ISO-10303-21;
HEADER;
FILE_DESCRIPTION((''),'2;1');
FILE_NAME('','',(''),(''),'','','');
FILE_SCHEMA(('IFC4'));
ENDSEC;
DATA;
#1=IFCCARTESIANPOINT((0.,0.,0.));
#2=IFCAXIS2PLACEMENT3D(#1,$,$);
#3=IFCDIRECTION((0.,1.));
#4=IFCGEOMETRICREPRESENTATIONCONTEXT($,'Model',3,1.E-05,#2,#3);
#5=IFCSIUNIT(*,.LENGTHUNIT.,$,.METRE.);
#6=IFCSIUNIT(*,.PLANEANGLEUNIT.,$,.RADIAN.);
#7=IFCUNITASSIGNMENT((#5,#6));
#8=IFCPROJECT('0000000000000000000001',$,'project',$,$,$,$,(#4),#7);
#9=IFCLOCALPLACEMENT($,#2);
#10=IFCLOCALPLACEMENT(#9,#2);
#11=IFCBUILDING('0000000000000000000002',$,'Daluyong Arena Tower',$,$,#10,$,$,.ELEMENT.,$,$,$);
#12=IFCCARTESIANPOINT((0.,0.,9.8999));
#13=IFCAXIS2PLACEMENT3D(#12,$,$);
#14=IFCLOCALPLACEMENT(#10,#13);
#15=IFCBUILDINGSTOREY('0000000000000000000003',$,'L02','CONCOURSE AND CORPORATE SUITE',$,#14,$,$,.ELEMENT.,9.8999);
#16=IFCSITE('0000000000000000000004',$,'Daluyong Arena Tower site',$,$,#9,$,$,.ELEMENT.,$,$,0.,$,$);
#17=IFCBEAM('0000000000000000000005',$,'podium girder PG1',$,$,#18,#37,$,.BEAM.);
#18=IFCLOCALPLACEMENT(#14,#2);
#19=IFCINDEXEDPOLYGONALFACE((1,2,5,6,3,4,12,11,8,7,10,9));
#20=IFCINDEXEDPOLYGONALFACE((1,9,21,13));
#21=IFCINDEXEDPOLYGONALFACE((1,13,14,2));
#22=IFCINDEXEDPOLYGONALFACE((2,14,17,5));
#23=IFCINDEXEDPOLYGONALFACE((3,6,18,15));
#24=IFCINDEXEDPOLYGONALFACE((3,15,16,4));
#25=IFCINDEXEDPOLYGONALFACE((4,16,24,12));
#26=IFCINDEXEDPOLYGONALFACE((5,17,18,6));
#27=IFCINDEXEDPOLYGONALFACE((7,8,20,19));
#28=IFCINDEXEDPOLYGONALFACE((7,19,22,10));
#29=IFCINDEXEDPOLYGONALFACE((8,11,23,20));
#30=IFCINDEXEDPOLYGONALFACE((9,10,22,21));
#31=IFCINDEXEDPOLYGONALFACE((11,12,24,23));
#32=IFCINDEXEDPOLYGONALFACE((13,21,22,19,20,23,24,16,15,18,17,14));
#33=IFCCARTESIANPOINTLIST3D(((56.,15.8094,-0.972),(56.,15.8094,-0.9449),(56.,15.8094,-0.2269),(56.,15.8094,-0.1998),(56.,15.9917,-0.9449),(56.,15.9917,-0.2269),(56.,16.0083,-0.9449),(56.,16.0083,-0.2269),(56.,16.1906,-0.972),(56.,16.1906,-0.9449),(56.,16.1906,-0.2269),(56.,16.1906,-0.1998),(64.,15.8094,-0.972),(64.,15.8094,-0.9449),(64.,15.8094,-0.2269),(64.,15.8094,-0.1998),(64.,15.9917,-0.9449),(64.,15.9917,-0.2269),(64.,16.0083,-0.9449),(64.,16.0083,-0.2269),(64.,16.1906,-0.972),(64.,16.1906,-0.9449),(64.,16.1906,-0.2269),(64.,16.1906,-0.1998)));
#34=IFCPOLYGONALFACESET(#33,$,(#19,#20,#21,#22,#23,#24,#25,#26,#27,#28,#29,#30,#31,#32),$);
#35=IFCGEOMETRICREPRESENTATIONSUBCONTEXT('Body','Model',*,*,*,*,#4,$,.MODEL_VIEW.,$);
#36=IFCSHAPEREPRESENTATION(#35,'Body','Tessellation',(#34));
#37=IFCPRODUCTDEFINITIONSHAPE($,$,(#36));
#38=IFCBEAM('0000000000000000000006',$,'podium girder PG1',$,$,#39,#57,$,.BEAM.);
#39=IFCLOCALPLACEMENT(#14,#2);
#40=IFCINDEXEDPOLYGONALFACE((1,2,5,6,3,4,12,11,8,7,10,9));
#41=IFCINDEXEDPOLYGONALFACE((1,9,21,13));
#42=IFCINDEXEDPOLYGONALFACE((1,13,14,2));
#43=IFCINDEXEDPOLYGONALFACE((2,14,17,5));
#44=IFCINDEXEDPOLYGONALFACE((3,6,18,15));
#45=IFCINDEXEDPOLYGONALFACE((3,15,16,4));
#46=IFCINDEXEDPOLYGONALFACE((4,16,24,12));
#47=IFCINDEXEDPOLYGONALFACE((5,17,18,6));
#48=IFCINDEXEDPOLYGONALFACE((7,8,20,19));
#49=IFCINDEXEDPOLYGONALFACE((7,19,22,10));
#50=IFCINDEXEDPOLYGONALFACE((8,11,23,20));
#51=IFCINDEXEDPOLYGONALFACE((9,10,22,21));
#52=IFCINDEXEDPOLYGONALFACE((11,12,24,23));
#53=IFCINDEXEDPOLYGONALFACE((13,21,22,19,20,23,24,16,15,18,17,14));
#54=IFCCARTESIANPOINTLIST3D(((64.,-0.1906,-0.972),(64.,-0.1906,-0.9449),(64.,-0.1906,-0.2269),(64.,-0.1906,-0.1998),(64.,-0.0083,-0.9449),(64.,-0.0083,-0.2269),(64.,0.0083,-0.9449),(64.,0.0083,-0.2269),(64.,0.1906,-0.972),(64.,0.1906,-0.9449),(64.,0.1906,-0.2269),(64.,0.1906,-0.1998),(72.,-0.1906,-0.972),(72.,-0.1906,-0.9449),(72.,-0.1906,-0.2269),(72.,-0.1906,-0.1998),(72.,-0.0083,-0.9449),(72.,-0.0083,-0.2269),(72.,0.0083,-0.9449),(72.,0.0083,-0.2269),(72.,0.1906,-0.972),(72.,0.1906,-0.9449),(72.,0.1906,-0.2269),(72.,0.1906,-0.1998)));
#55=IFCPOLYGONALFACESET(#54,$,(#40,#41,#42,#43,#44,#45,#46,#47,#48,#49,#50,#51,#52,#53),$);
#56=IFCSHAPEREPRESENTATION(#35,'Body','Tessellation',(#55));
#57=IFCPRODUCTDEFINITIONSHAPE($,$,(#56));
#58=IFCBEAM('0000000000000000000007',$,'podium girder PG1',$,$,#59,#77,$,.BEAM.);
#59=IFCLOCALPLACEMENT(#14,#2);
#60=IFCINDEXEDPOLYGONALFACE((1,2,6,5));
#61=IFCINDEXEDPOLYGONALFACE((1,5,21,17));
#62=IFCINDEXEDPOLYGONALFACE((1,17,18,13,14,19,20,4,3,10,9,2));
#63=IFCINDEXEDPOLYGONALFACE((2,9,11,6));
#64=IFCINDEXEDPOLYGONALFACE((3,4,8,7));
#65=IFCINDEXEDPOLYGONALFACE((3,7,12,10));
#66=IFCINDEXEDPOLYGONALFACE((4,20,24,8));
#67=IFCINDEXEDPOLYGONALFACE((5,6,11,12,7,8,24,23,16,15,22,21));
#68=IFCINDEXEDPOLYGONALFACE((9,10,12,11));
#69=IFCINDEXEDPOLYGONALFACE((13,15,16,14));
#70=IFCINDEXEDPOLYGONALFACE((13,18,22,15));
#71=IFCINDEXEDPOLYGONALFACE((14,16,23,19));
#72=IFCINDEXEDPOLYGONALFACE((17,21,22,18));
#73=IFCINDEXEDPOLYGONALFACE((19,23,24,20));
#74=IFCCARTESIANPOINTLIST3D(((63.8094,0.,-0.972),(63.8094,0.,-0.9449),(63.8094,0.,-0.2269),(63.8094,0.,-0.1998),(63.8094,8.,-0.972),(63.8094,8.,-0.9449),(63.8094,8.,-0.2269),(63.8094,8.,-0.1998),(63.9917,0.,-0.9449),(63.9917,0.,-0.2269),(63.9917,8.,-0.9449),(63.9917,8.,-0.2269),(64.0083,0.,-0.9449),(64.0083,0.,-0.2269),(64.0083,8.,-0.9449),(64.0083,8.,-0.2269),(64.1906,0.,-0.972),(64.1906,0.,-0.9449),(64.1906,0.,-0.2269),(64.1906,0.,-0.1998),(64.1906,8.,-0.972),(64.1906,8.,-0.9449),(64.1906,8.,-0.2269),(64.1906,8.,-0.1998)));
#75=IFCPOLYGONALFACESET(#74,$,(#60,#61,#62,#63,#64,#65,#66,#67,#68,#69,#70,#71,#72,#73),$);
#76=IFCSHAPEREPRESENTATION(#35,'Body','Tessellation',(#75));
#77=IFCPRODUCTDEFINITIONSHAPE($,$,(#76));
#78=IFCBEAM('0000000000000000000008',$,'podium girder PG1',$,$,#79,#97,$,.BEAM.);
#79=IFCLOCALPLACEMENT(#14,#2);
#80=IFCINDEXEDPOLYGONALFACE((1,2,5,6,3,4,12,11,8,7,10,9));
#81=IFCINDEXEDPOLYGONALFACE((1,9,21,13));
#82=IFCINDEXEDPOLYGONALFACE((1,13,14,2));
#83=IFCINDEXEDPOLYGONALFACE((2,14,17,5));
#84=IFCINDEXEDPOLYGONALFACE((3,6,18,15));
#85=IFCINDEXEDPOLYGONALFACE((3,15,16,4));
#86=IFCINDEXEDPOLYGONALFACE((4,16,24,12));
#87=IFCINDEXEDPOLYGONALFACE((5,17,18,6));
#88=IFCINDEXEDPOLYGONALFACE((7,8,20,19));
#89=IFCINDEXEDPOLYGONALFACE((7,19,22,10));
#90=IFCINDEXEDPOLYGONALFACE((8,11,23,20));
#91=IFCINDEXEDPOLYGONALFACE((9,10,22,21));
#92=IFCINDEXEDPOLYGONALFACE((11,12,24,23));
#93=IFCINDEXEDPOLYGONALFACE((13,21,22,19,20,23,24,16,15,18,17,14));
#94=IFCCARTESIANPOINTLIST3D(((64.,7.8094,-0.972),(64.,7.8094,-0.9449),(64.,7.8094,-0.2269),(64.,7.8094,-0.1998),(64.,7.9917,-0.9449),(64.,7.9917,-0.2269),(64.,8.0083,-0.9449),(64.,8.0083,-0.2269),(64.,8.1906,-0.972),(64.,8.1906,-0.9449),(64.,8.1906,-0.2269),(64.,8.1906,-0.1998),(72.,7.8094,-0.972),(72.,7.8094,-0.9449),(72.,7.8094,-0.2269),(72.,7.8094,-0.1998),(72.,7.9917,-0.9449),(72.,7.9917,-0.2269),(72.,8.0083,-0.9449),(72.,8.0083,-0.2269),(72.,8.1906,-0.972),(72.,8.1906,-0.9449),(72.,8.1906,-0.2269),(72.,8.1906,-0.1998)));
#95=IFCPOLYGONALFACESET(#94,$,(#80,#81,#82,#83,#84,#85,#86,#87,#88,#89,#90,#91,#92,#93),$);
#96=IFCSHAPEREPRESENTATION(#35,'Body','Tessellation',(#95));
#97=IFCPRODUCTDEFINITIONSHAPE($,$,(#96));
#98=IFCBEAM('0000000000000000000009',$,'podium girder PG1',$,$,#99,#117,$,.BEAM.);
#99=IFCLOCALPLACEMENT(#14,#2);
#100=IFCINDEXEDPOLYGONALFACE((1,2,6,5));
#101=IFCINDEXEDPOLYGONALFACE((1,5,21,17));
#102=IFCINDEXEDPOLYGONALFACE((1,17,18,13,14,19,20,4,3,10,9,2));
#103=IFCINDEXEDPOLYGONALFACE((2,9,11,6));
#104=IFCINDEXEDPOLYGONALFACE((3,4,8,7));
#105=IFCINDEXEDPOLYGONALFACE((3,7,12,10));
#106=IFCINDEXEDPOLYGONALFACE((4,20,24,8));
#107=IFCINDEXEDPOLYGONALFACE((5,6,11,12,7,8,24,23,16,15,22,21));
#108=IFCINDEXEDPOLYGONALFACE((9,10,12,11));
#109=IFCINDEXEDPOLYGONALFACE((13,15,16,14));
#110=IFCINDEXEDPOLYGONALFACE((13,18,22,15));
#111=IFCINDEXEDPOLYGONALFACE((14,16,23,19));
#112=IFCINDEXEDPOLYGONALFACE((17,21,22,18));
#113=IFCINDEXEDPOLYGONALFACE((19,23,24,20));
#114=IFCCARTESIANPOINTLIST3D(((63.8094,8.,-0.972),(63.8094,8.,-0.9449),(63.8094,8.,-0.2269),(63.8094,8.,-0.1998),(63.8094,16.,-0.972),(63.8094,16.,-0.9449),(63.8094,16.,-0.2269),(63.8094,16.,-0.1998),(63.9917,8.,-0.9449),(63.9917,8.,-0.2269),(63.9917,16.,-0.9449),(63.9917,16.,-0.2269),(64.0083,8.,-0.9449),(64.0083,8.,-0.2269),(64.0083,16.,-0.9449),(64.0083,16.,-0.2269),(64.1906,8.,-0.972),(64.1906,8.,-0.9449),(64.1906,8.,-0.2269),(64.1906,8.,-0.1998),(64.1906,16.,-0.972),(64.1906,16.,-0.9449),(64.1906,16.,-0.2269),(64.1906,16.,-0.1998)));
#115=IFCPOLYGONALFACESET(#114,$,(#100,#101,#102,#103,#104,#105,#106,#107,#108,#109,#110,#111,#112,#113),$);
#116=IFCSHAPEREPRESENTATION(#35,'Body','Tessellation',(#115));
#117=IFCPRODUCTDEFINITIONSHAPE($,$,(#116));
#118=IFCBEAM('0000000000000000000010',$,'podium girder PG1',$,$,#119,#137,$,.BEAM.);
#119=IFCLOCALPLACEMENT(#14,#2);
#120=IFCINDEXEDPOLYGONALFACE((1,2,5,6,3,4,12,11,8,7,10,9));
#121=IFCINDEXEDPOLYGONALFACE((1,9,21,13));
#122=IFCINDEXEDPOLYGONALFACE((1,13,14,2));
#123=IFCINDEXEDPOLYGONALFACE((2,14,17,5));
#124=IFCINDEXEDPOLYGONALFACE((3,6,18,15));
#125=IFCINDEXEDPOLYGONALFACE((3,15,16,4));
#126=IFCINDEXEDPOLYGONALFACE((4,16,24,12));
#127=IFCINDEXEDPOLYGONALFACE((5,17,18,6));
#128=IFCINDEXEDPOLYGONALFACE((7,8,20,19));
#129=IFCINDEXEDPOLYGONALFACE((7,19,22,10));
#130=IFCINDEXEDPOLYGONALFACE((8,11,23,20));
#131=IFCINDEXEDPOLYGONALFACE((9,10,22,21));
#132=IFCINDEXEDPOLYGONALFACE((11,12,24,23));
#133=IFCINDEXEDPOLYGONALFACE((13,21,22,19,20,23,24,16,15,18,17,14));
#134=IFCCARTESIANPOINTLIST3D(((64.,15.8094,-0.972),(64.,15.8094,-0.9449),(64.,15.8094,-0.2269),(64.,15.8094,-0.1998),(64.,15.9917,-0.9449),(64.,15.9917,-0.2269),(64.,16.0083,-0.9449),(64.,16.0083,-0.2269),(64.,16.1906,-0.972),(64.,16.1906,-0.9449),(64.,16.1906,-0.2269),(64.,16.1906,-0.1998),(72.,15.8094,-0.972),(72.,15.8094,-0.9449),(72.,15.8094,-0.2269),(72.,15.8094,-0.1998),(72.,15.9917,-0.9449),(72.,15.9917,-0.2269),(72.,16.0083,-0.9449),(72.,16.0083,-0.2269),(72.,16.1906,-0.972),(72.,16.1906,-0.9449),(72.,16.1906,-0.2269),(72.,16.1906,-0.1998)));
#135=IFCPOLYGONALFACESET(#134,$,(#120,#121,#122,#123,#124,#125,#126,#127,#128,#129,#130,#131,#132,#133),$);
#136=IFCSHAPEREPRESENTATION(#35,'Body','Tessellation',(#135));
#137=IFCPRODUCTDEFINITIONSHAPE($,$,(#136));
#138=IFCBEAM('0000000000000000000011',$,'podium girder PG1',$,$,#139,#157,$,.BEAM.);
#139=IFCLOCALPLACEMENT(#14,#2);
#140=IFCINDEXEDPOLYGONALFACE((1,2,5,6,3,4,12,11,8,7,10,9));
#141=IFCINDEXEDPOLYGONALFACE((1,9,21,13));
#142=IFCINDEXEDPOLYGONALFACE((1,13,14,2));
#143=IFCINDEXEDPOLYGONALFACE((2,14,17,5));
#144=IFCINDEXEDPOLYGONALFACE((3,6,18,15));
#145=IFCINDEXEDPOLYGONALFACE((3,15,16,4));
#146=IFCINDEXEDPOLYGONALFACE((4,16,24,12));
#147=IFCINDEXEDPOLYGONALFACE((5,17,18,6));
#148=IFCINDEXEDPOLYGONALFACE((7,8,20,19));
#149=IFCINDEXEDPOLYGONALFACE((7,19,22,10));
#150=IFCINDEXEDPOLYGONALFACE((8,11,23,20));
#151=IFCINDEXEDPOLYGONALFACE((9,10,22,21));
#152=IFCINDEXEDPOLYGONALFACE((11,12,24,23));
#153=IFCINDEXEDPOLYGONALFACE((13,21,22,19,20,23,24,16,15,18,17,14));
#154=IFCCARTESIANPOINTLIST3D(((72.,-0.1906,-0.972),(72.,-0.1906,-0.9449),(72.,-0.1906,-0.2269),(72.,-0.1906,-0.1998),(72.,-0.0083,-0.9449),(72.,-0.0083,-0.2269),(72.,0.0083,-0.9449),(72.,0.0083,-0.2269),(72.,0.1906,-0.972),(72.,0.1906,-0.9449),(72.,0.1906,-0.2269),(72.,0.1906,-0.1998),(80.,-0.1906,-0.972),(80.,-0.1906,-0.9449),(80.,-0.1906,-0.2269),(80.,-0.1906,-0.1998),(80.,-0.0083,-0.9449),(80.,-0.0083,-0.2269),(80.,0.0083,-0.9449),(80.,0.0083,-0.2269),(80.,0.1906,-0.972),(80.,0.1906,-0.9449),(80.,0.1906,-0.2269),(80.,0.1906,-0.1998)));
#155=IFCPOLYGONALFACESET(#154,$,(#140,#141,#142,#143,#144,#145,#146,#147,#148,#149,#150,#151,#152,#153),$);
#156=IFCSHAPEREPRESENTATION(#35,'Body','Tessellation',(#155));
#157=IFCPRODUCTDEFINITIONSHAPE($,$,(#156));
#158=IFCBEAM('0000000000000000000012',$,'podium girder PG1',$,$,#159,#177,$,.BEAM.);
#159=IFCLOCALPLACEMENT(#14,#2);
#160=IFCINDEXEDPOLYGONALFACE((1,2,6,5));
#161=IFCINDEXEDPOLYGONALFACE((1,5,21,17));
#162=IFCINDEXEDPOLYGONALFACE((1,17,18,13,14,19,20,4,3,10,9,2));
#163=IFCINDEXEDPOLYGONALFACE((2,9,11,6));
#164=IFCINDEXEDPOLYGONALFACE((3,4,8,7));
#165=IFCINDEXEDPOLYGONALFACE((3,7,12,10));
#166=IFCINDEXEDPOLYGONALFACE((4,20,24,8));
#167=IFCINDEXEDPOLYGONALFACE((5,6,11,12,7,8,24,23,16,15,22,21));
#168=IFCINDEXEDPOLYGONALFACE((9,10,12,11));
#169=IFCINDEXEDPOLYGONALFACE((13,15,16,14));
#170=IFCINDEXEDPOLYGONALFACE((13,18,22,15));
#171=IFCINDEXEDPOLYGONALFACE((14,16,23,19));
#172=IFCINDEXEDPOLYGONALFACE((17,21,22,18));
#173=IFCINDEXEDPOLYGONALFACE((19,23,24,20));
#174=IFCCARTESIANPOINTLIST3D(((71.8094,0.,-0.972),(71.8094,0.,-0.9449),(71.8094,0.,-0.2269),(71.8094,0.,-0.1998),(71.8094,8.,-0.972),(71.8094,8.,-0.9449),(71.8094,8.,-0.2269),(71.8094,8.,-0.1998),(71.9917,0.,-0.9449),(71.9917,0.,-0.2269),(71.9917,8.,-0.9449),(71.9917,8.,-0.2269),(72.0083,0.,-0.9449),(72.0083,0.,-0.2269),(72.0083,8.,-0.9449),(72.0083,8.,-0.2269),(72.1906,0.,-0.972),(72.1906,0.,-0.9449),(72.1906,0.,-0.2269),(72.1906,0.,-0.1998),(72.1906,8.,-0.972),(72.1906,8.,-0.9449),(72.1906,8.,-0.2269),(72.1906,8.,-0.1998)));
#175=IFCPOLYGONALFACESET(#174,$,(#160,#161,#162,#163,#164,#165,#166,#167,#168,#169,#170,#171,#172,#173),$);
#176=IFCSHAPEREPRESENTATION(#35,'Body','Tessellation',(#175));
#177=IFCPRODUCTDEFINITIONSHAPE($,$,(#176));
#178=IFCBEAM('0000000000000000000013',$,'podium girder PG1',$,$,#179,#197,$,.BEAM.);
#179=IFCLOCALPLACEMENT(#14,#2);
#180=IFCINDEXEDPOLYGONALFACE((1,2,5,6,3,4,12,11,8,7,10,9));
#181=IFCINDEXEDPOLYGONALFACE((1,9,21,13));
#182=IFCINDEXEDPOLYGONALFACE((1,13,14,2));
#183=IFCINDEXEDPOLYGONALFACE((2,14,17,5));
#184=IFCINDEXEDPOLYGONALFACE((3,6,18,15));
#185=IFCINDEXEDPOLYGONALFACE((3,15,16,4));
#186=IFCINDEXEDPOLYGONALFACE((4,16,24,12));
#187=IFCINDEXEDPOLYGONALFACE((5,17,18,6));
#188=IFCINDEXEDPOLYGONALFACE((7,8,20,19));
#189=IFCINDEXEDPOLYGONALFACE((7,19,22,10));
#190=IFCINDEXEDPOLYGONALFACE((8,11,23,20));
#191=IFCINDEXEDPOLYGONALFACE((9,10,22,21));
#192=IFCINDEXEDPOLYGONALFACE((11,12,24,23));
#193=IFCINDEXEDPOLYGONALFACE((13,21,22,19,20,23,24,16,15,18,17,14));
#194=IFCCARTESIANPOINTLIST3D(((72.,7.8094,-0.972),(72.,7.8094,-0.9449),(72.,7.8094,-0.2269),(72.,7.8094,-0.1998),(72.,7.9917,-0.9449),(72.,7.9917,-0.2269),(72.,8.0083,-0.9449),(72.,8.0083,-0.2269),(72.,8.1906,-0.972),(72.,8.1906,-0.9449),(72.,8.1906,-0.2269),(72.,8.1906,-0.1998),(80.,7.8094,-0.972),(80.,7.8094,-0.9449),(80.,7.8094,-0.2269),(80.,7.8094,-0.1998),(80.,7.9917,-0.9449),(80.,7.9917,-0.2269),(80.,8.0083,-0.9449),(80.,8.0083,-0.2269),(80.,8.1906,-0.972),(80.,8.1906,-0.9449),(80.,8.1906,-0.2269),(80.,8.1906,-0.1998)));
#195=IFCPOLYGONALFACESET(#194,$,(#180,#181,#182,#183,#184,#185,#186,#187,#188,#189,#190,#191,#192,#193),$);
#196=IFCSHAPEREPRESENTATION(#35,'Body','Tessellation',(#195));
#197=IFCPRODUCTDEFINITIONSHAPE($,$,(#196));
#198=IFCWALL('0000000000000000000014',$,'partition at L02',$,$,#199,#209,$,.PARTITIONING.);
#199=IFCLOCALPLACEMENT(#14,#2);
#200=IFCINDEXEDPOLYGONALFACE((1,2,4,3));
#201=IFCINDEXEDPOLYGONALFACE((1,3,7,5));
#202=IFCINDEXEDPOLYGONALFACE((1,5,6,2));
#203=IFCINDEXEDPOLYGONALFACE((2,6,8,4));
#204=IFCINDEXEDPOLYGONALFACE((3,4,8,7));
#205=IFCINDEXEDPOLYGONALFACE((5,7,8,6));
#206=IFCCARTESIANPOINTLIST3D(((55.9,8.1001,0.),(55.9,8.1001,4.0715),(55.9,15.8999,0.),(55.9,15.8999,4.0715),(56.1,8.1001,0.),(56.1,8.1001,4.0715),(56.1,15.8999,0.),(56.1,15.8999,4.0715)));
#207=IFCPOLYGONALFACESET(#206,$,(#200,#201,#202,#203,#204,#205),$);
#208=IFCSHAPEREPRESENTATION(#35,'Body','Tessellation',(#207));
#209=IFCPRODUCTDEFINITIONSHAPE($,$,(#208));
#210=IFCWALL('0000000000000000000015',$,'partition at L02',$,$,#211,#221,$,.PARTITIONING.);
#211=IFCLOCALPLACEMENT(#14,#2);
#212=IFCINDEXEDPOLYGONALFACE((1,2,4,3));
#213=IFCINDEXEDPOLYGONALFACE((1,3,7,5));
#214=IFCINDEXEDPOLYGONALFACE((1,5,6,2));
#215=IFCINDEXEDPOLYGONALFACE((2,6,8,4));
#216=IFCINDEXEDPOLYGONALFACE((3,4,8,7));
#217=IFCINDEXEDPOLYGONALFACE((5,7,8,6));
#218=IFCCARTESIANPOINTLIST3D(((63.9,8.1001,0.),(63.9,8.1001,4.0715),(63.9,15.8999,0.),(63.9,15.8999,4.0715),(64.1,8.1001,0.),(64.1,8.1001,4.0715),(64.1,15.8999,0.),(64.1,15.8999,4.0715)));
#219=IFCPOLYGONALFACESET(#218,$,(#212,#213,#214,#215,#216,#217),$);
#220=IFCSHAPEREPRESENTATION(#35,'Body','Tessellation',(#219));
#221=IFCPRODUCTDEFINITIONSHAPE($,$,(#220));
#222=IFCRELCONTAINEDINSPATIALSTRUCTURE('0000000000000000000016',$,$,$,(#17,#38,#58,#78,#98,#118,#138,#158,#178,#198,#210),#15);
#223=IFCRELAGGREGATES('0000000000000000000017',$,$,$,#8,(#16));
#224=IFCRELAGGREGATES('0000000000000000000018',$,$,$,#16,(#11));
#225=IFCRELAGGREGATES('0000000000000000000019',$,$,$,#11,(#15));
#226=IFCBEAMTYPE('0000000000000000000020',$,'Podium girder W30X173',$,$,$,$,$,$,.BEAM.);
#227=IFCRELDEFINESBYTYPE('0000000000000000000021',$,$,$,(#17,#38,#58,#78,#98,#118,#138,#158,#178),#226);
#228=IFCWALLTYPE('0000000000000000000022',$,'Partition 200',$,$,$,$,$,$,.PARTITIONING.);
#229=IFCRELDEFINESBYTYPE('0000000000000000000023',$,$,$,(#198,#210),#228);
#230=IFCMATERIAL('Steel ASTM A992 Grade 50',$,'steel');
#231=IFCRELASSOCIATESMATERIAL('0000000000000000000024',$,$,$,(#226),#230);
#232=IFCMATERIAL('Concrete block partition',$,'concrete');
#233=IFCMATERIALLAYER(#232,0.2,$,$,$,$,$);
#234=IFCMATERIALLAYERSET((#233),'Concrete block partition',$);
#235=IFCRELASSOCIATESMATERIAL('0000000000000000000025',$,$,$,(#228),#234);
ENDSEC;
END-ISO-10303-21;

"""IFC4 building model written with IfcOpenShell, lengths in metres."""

from ifc_helpers import new_model, si_unit, direction, frame, frame_2d, origin, origin_2d, place, context, subcontext, project, spatial, rectangle, i_section, extrude, material, layer, layer_set, material_profile, profile_set, type_object, element, save


model = new_model("IFC4")

# Units and contexts
model_context = context("Model", 3, precision=1e-05, world=origin(), true_north=direction((0.0, 1.0)))
body_context = subcontext(model_context, "Body", "Model", "MODEL_VIEW")
ifc_project = project(units=[si_unit("LENGTHUNIT", "METRE"), si_unit("PLANEANGLEUNIT", "RADIAN")], contexts=[model_context])

# Site, building, storey
site_placement = place(None, origin())
site = spatial("IfcSite", under=ifc_project, at=site_placement, Name="Daluyong Arena Tower site", CompositionType="ELEMENT", RefElevation=0.0)
building_placement = place(site_placement, origin())
building = spatial("IfcBuilding", under=site, at=building_placement, Name="Daluyong Arena Tower", CompositionType="ELEMENT")
storey_placement = place(building_placement, frame((0.0, 0.0, 9.8999)))
storey = spatial("IfcBuildingStorey", under=building, at=storey_placement, Name="L02", Description="CONCOURSE AND CORPORATE SUITE", CompositionType="ELEMENT", Elevation=9.8999)

# Beams
ifc_material_1 = material(Name="Steel ASTM A992 Grade 50", Category="steel")
ifc_material_profile_1 = material_profile(ifc_material_1, i_section(OverallWidth=0.3811, OverallDepth=0.7722, WebThickness=0.0166, FlangeThickness=0.0271, at=origin_2d()))
ifc_profile_set_1 = profile_set([ifc_material_profile_1], Name="Steel ASTM A992 Grade 50")
beam_type_1 = type_object("IfcBeamType", Name="Podium girder W30X173", PredefinedType="BEAM", material=ifc_profile_set_1)
for number, where, z_axis, x_axis, name in (
    (1, (56.0, 16.0, -0.5859), (1.0, 0.0, 0.0), (0.0, 1.0, 0.0), "podium girder PG1"),
    (2, (64.0, 0.0, -0.5859), (1.0, 0.0, 0.0), (0.0, 1.0, 0.0), "podium girder PG1"),
    (3, (64.0, 0.0, -0.5859), (0.0, 1.0, 0.0), (-1.0, 0.0, 0.0), "podium girder PG1"),
    (4, (64.0, 8.0, -0.5859), (1.0, 0.0, 0.0), (0.0, 1.0, 0.0), "podium girder PG1"),
    (5, (64.0, 8.0, -0.5859), (0.0, 1.0, 0.0), (-1.0, 0.0, 0.0), "podium girder PG1"),
    (6, (64.0, 16.0, -0.5859), (1.0, 0.0, 0.0), (0.0, 1.0, 0.0), "podium girder PG1"),
    (7, (72.0, 0.0, -0.5859), (1.0, 0.0, 0.0), (0.0, 1.0, 0.0), "podium girder PG1"),
    (8, (72.0, 0.0, -0.5859), (0.0, 1.0, 0.0), (-1.0, 0.0, 0.0), "podium girder PG1"),
    (9, (72.0, 8.0, -0.5859), (1.0, 0.0, 0.0), (0.0, 1.0, 0.0), "podium girder PG1"),
):
    element("IfcBeam", number, at=place(storey_placement, frame(where, z_axis=z_axis, x_axis=x_axis)), inside=storey, type_object=beam_type_1, Name=name, PredefinedType="BEAM", context=body_context, shape_type="SweptSolid", body=[
        extrude(i_section(OverallWidth=0.3811, OverallDepth=0.7722, WebThickness=0.0166, FlangeThickness=0.0271, at=origin_2d()), origin(), (0.0, 0.0, 1.0), 8.0),
    ])

# Walls
ifc_material_2 = material(Name="Concrete block partition", Category="concrete")
ifc_layer_1 = layer(ifc_material_2, 0.2)
ifc_layer_set_1 = layer_set([ifc_layer_1], Name="Concrete block partition")
wall_type = type_object("IfcWallType", Name="Partition 200", PredefinedType="PARTITIONING", material=ifc_layer_set_1)
for number, where, z_axis, x_axis, name in (
    (10, (56.0, 8.1001, 0.0), (0.0, 0.0, 1.0), (0.0, 1.0, 0.0), "partition at L02"),
    (11, (64.0, 8.1001, 0.0), (0.0, 0.0, 1.0), (0.0, 1.0, 0.0), "partition at L02"),
):
    element("IfcWall", number, at=place(storey_placement, frame(where, z_axis=z_axis, x_axis=x_axis)), inside=storey, type_object=wall_type, Name=name, PredefinedType="PARTITIONING", context=body_context, shape_type="SweptSolid", body=[
        extrude(rectangle(XDim=7.7998, YDim=0.2, at=frame_2d((3.8999, 0.0))), origin(), (0.0, 0.0, 1.0), 4.0715),
    ])

save(model, "model.ifc")
